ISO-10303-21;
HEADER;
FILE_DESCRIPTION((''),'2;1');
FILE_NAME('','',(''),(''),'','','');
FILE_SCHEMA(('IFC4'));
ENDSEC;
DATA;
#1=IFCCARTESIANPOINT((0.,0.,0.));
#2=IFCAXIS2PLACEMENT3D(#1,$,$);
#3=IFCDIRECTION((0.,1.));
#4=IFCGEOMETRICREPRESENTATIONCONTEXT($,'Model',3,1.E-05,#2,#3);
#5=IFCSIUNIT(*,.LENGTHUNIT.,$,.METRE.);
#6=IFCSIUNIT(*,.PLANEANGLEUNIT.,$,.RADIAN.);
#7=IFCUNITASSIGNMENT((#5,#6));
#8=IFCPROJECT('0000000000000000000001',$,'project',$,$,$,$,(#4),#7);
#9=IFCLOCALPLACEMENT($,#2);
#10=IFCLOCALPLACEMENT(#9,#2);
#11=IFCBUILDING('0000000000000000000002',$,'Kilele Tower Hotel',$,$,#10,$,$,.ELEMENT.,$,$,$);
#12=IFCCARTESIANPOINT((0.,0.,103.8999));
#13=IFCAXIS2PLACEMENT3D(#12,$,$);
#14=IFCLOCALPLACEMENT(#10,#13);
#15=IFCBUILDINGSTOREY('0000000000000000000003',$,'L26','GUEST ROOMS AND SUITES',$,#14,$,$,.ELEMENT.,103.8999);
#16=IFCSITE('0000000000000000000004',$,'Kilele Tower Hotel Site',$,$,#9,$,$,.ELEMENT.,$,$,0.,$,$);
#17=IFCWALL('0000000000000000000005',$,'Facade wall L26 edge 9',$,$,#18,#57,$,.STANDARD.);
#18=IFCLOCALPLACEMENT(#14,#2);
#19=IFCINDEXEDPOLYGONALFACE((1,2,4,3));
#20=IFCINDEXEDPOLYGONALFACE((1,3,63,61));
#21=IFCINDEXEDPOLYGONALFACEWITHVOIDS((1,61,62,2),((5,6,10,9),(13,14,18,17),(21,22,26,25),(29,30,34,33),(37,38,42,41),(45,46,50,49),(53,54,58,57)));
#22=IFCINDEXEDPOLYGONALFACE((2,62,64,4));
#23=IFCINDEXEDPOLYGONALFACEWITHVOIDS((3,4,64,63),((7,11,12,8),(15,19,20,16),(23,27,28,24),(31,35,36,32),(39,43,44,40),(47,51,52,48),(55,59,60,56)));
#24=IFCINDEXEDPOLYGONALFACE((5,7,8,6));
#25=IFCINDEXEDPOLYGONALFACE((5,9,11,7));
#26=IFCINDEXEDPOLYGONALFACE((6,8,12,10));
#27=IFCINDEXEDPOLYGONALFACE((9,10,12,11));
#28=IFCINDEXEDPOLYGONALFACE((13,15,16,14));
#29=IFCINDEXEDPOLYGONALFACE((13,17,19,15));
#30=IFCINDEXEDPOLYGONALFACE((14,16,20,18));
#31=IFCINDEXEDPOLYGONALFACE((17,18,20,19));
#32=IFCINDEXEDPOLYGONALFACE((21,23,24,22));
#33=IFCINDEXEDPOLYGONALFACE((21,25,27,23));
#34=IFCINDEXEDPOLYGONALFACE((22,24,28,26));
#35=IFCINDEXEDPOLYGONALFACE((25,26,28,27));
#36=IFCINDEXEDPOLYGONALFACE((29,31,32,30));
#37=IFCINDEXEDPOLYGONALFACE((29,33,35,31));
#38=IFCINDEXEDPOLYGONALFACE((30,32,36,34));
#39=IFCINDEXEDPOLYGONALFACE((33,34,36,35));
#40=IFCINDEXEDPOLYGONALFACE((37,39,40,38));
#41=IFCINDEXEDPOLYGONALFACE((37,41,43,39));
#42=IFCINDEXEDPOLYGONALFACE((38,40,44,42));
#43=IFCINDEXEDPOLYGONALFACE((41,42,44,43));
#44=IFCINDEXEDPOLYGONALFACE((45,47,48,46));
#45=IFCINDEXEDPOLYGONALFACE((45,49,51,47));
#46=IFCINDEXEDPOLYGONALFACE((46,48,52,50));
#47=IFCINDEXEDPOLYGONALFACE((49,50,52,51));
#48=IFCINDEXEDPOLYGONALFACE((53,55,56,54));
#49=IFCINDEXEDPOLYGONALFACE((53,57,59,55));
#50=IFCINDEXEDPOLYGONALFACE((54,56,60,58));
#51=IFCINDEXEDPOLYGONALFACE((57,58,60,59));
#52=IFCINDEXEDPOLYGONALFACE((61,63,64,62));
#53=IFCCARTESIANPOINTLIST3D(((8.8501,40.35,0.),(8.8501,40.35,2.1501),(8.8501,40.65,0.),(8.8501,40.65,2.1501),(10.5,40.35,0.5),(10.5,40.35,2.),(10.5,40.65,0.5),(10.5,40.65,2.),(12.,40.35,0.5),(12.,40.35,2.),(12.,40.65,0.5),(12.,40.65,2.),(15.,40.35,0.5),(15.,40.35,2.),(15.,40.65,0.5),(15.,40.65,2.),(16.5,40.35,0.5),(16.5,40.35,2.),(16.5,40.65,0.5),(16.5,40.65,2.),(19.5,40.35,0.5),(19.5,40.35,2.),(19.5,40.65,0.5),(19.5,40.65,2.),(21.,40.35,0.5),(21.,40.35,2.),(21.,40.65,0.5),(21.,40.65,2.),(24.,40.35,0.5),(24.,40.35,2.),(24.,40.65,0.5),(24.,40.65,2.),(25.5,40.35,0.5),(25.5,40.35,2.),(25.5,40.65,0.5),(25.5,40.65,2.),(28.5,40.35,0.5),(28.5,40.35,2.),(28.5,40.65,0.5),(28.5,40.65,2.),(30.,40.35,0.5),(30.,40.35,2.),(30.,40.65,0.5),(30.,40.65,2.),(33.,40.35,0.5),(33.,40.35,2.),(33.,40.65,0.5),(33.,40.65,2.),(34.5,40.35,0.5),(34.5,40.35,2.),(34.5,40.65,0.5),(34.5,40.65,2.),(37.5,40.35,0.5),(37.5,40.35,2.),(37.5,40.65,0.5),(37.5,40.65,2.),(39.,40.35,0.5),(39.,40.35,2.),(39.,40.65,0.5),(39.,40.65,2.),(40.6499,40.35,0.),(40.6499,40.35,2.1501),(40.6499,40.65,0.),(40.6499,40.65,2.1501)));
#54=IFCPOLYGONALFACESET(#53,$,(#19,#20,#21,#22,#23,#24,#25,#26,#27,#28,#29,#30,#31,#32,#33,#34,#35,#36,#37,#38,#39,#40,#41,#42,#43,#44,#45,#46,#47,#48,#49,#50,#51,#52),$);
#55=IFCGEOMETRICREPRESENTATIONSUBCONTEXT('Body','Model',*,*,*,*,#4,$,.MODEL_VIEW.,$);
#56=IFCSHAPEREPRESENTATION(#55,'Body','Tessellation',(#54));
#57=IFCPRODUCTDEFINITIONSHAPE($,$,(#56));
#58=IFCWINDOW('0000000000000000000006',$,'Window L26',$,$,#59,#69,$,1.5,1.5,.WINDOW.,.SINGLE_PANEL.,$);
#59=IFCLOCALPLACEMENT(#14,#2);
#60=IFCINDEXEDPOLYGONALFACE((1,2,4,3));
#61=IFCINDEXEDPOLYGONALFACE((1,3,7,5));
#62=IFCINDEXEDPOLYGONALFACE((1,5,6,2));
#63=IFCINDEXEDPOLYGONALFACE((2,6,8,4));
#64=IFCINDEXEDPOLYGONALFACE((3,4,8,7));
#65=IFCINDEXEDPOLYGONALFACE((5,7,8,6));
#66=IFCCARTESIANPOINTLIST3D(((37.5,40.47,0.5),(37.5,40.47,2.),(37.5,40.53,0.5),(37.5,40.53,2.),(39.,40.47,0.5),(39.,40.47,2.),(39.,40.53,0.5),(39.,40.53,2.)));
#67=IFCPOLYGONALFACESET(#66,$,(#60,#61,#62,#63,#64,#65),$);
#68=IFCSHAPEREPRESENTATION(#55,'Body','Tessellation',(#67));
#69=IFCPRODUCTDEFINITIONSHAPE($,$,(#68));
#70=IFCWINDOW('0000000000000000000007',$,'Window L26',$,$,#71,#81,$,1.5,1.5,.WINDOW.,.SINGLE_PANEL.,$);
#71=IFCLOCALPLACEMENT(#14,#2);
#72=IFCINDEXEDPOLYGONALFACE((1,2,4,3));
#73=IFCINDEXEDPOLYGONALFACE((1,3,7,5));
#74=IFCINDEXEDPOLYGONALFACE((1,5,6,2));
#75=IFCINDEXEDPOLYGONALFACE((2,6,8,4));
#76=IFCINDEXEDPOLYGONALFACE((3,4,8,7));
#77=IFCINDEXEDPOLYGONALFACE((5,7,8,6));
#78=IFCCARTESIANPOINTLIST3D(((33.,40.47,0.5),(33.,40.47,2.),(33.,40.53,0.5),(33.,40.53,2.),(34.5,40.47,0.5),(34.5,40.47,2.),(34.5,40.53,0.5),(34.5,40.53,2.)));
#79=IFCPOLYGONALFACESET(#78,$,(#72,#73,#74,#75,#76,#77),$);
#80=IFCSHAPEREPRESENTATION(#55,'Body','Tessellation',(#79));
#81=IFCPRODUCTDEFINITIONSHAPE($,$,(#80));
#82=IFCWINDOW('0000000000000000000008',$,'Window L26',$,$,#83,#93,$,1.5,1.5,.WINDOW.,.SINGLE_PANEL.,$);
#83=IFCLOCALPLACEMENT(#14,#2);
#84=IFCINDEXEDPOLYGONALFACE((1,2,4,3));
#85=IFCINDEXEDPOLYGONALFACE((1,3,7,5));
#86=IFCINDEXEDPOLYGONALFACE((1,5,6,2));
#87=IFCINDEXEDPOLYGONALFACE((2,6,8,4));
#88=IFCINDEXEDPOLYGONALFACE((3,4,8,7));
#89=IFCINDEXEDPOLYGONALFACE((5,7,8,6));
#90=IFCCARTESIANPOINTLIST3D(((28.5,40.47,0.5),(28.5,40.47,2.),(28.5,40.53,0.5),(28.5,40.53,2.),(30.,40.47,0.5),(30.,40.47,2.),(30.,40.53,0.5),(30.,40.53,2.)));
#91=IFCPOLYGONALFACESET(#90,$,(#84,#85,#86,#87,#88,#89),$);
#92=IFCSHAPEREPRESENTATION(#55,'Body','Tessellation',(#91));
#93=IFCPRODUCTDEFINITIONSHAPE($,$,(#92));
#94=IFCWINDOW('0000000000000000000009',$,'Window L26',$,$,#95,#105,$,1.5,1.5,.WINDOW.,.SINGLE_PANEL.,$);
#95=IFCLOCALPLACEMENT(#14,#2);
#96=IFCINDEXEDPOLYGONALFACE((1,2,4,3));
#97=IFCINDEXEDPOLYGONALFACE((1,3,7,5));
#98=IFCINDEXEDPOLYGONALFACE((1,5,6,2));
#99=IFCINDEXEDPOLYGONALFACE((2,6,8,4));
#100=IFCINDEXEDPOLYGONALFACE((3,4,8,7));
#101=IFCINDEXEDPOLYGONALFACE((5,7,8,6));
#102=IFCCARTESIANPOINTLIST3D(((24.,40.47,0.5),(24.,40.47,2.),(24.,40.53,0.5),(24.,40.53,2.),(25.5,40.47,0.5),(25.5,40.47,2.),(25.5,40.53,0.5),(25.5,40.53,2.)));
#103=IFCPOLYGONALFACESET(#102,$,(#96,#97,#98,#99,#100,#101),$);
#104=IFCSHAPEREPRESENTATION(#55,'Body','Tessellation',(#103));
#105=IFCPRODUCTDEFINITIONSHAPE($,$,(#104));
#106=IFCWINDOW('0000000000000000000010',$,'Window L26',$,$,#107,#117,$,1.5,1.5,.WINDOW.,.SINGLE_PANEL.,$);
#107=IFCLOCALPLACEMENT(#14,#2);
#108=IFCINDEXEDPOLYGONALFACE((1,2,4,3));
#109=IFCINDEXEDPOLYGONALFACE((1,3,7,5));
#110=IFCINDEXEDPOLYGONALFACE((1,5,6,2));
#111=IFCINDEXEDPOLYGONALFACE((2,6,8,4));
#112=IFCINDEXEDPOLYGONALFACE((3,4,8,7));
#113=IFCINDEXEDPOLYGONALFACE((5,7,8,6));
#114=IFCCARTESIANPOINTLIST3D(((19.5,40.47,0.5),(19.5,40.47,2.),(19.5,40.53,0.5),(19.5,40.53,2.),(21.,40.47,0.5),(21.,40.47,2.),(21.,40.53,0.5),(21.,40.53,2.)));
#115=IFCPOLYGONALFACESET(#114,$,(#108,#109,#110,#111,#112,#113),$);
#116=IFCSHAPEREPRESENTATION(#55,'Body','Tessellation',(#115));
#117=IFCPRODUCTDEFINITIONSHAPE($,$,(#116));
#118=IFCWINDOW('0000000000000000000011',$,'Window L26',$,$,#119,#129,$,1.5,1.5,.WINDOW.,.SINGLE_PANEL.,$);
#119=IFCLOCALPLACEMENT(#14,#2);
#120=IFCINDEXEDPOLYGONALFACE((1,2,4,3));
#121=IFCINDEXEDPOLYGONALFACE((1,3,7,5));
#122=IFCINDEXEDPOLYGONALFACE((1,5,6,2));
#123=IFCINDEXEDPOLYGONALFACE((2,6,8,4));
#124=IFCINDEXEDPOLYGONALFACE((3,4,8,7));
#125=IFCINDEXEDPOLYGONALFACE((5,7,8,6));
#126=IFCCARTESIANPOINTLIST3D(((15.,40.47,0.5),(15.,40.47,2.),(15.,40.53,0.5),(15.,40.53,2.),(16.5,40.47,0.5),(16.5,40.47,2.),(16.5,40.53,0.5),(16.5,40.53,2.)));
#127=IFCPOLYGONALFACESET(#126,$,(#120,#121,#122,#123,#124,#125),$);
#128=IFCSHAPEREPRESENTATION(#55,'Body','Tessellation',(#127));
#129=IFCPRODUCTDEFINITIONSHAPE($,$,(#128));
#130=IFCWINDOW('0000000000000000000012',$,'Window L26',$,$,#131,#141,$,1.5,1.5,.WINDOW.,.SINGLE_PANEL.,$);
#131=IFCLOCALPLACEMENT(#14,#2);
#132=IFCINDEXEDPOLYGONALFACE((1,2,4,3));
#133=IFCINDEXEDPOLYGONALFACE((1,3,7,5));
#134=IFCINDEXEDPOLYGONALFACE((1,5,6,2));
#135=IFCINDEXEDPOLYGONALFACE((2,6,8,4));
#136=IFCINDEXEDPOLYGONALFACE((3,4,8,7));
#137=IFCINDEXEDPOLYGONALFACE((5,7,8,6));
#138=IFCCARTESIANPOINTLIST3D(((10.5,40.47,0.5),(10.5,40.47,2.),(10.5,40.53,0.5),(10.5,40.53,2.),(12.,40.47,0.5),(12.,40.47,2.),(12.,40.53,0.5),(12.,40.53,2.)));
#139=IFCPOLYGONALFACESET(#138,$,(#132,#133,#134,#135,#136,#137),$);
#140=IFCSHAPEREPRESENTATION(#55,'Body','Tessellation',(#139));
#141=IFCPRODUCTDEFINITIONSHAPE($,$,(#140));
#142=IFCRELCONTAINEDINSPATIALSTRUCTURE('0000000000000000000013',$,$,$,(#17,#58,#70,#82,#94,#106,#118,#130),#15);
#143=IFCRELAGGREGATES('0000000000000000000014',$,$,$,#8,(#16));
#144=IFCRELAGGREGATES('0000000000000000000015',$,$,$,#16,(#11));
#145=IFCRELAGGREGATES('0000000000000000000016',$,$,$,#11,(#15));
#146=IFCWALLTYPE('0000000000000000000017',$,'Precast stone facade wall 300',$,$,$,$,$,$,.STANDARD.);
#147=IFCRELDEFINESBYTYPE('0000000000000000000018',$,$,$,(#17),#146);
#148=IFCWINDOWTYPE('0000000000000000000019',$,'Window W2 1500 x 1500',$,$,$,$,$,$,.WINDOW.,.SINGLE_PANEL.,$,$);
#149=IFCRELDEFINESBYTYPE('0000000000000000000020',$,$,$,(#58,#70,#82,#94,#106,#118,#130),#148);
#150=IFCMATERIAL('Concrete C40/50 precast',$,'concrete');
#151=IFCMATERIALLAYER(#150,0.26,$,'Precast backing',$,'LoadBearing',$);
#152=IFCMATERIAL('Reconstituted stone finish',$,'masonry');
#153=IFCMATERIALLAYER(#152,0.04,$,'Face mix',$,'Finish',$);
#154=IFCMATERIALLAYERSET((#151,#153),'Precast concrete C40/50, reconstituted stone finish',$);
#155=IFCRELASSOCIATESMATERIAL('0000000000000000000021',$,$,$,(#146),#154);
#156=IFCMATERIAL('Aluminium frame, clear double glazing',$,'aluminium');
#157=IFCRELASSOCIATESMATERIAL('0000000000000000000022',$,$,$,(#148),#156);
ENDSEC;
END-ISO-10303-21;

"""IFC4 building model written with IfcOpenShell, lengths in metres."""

from ifc_helpers import new_model, si_unit, direction, frame, frame_2d, origin, place, context, subcontext, project, spatial, rectangle, extrude, material, layer, layer_set, type_object, element, fill, save


model = new_model("IFC4")

# Units and contexts
model_context = context("Model", 3, precision=1e-05, world=origin(), true_north=direction((0.0, 1.0)))
body_context = subcontext(model_context, "Body", "Model", "MODEL_VIEW")
ifc_project = project(units=[si_unit("LENGTHUNIT", "METRE"), si_unit("PLANEANGLEUNIT", "RADIAN")], contexts=[model_context])

# Site, building, storey
site_placement = place(None, origin())
site = spatial("IfcSite", under=ifc_project, at=site_placement, Name="Kilele Tower Hotel Site", CompositionType="ELEMENT", RefElevation=0.0)
building_placement = place(site_placement, origin())
building = spatial("IfcBuilding", under=site, at=building_placement, Name="Kilele Tower Hotel", CompositionType="ELEMENT")
storey_placement = place(building_placement, frame((0.0, 0.0, 103.8999)))
storey = spatial("IfcBuildingStorey", under=building, at=storey_placement, Name="L26", Description="GUEST ROOMS AND SUITES", CompositionType="ELEMENT", Elevation=103.8999)

# Shared definitions
ifc_material_1 = material(Name="Concrete C40/50 precast", Category="concrete")
ifc_layer_1 = layer(ifc_material_1, 0.26, Name="Precast backing", Category="LoadBearing")
ifc_material_2 = material(Name="Reconstituted stone finish", Category="masonry")
ifc_layer_2 = layer(ifc_material_2, 0.04, Name="Face mix", Category="Finish")
ifc_layer_set_1 = layer_set([ifc_layer_1, ifc_layer_2], Name="Precast concrete C40/50, reconstituted stone finish")
wall_type_1 = type_object("IfcWallType", Name="Precast stone facade wall 300", PredefinedType="STANDARD", material=ifc_layer_set_1)
ifc_material_3 = material(Name="Aluminium frame, clear double glazing", Category="aluminium")
window_type_1 = type_object("IfcWindowType", Name="Window W2 1500 x 1500", PartitioningType="SINGLE_PANEL", PredefinedType="WINDOW", material=ifc_material_3)

# Wall, openings, windows
wall_1_placement = place(storey_placement, frame((40.6499, 40.5, 0.0), z_axis=(0.0, 0.0, 1.0), x_axis=(-1.0, 0.0, 0.0)))
wall_1 = element("IfcWall", 1, at=wall_1_placement, inside=storey, type_object=wall_type_1, Name="Facade wall L26 edge 9", PredefinedType="STANDARD", context=body_context, shape_type="SweptSolid", body=[
    extrude(rectangle(XDim=31.7998, YDim=0.3, at=frame_2d((15.8999, 0.0))), origin(), (0.0, 0.0, 1.0), 2.1501),
])
opening_1_placement = place(wall_1_placement, frame((1.6499, 0.0, 0.5)))
opening_1 = element("IfcOpeningElement", 2, at=opening_1_placement, cuts=wall_1, PredefinedType="OPENING", context=body_context, shape_type="SweptSolid", body=[
    extrude(rectangle(XDim=1.5, YDim=1.5, at=frame_2d((0.75, 0.75))), frame((0.0, 0.1599, 0.0), z_axis=(0.0, -1.0, 0.0), x_axis=(1.0, 0.0, 0.0)), (0.0, 0.0, 1.0), 0.3201),
])
opening_2_placement = place(wall_1_placement, frame((6.1499, 0.0, 0.5)))
opening_2 = element("IfcOpeningElement", 3, at=opening_2_placement, cuts=wall_1, PredefinedType="OPENING", context=body_context, shape_type="SweptSolid", body=[
    extrude(rectangle(XDim=1.5, YDim=1.5, at=frame_2d((0.75, 0.75))), frame((0.0, 0.1599, 0.0), z_axis=(0.0, -1.0, 0.0), x_axis=(1.0, 0.0, 0.0)), (0.0, 0.0, 1.0), 0.3201),
])
opening_3_placement = place(wall_1_placement, frame((10.6499, 0.0, 0.5)))
opening_3 = element("IfcOpeningElement", 4, at=opening_3_placement, cuts=wall_1, PredefinedType="OPENING", context=body_context, shape_type="SweptSolid", body=[
    extrude(rectangle(XDim=1.5, YDim=1.5, at=frame_2d((0.75, 0.75))), frame((0.0, 0.1599, 0.0), z_axis=(0.0, -1.0, 0.0), x_axis=(1.0, 0.0, 0.0)), (0.0, 0.0, 1.0), 0.3201),
])
opening_4_placement = place(wall_1_placement, frame((15.1499, 0.0, 0.5)))
opening_4 = element("IfcOpeningElement", 5, at=opening_4_placement, cuts=wall_1, PredefinedType="OPENING", context=body_context, shape_type="SweptSolid", body=[
    extrude(rectangle(XDim=1.5, YDim=1.5, at=frame_2d((0.75, 0.75))), frame((0.0, 0.1599, 0.0), z_axis=(0.0, -1.0, 0.0), x_axis=(1.0, 0.0, 0.0)), (0.0, 0.0, 1.0), 0.3201),
])
opening_5_placement = place(wall_1_placement, frame((19.6499, 0.0, 0.5)))
opening_5 = element("IfcOpeningElement", 6, at=opening_5_placement, cuts=wall_1, PredefinedType="OPENING", context=body_context, shape_type="SweptSolid", body=[
    extrude(rectangle(XDim=1.5, YDim=1.5, at=frame_2d((0.75, 0.75))), frame((0.0, 0.1599, 0.0), z_axis=(0.0, -1.0, 0.0), x_axis=(1.0, 0.0, 0.0)), (0.0, 0.0, 1.0), 0.3201),
])
opening_6_placement = place(wall_1_placement, frame((24.1499, 0.0, 0.5)))
opening_6 = element("IfcOpeningElement", 7, at=opening_6_placement, cuts=wall_1, PredefinedType="OPENING", context=body_context, shape_type="SweptSolid", body=[
    extrude(rectangle(XDim=1.5, YDim=1.5, at=frame_2d((0.75, 0.75))), frame((0.0, 0.1599, 0.0), z_axis=(0.0, -1.0, 0.0), x_axis=(1.0, 0.0, 0.0)), (0.0, 0.0, 1.0), 0.3201),
])
opening_7_placement = place(wall_1_placement, frame((28.6499, 0.0, 0.5)))
opening_7 = element("IfcOpeningElement", 8, at=opening_7_placement, cuts=wall_1, PredefinedType="OPENING", context=body_context, shape_type="SweptSolid", body=[
    extrude(rectangle(XDim=1.5, YDim=1.5, at=frame_2d((0.75, 0.75))), frame((0.0, 0.1599, 0.0), z_axis=(0.0, -1.0, 0.0), x_axis=(1.0, 0.0, 0.0)), (0.0, 0.0, 1.0), 0.3201),
])
window_1_placement = place(opening_1_placement, origin())
window_1 = element("IfcWindow", 9, at=window_1_placement, inside=storey, type_object=window_type_1, Name="Window L26", OverallHeight=1.5, OverallWidth=1.5, PartitioningType="SINGLE_PANEL", PredefinedType="WINDOW", context=body_context, shape_type="SweptSolid", body=[
    extrude(rectangle(XDim=1.5, YDim=1.5, at=frame_2d((0.75, 0.75))), frame((0.0, 0.03, 0.0), z_axis=(0.0, -1.0, 0.0), x_axis=(1.0, 0.0, 0.0)), (0.0, 0.0, 1.0), 0.0601),
])
fill(opening_1, window_1)
window_2_placement = place(opening_2_placement, origin())
window_2 = element("IfcWindow", 10, at=window_2_placement, inside=storey, type_object=window_type_1, Name="Window L26", OverallHeight=1.5, OverallWidth=1.5, PartitioningType="SINGLE_PANEL", PredefinedType="WINDOW", context=body_context, shape_type="SweptSolid", body=[
    extrude(rectangle(XDim=1.5, YDim=1.5, at=frame_2d((0.75, 0.75))), frame((0.0, 0.03, 0.0), z_axis=(0.0, -1.0, 0.0), x_axis=(1.0, 0.0, 0.0)), (0.0, 0.0, 1.0), 0.0601),
])
fill(opening_2, window_2)
window_3_placement = place(opening_3_placement, origin())
window_3 = element("IfcWindow", 11, at=window_3_placement, inside=storey, type_object=window_type_1, Name="Window L26", OverallHeight=1.5, OverallWidth=1.5, PartitioningType="SINGLE_PANEL", PredefinedType="WINDOW", context=body_context, shape_type="SweptSolid", body=[
    extrude(rectangle(XDim=1.5, YDim=1.5, at=frame_2d((0.75, 0.75))), frame((0.0, 0.03, 0.0), z_axis=(0.0, -1.0, 0.0), x_axis=(1.0, 0.0, 0.0)), (0.0, 0.0, 1.0), 0.0601),
])
fill(opening_3, window_3)
window_4_placement = place(opening_4_placement, origin())
window_4 = element("IfcWindow", 12, at=window_4_placement, inside=storey, type_object=window_type_1, Name="Window L26", OverallHeight=1.5, OverallWidth=1.5, PartitioningType="SINGLE_PANEL", PredefinedType="WINDOW", context=body_context, shape_type="SweptSolid", body=[
    extrude(rectangle(XDim=1.5, YDim=1.5, at=frame_2d((0.75, 0.75))), frame((0.0, 0.03, 0.0), z_axis=(0.0, -1.0, 0.0), x_axis=(1.0, 0.0, 0.0)), (0.0, 0.0, 1.0), 0.0601),
])
fill(opening_4, window_4)
window_5_placement = place(opening_5_placement, origin())
window_5 = element("IfcWindow", 13, at=window_5_placement, inside=storey, type_object=window_type_1, Name="Window L26", OverallHeight=1.5, OverallWidth=1.5, PartitioningType="SINGLE_PANEL", PredefinedType="WINDOW", context=body_context, shape_type="SweptSolid", body=[
    extrude(rectangle(XDim=1.5, YDim=1.5, at=frame_2d((0.75, 0.75))), frame((0.0, 0.03, 0.0), z_axis=(0.0, -1.0, 0.0), x_axis=(1.0, 0.0, 0.0)), (0.0, 0.0, 1.0), 0.0601),
])
fill(opening_5, window_5)
window_6_placement = place(opening_6_placement, origin())
window_6 = element("IfcWindow", 14, at=window_6_placement, inside=storey, type_object=window_type_1, Name="Window L26", OverallHeight=1.5, OverallWidth=1.5, PartitioningType="SINGLE_PANEL", PredefinedType="WINDOW", context=body_context, shape_type="SweptSolid", body=[
    extrude(rectangle(XDim=1.5, YDim=1.5, at=frame_2d((0.75, 0.75))), frame((0.0, 0.03, 0.0), z_axis=(0.0, -1.0, 0.0), x_axis=(1.0, 0.0, 0.0)), (0.0, 0.0, 1.0), 0.0601),
])
fill(opening_6, window_6)
window_7_placement = place(opening_7_placement, origin())
window_7 = element("IfcWindow", 15, at=window_7_placement, inside=storey, type_object=window_type_1, Name="Window L26", OverallHeight=1.5, OverallWidth=1.5, PartitioningType="SINGLE_PANEL", PredefinedType="WINDOW", context=body_context, shape_type="SweptSolid", body=[
    extrude(rectangle(XDim=1.5, YDim=1.5, at=frame_2d((0.75, 0.75))), frame((0.0, 0.03, 0.0), z_axis=(0.0, -1.0, 0.0), x_axis=(1.0, 0.0, 0.0)), (0.0, 0.0, 1.0), 0.0601),
])
fill(opening_7, window_7)

save(model, "model.ifc")
